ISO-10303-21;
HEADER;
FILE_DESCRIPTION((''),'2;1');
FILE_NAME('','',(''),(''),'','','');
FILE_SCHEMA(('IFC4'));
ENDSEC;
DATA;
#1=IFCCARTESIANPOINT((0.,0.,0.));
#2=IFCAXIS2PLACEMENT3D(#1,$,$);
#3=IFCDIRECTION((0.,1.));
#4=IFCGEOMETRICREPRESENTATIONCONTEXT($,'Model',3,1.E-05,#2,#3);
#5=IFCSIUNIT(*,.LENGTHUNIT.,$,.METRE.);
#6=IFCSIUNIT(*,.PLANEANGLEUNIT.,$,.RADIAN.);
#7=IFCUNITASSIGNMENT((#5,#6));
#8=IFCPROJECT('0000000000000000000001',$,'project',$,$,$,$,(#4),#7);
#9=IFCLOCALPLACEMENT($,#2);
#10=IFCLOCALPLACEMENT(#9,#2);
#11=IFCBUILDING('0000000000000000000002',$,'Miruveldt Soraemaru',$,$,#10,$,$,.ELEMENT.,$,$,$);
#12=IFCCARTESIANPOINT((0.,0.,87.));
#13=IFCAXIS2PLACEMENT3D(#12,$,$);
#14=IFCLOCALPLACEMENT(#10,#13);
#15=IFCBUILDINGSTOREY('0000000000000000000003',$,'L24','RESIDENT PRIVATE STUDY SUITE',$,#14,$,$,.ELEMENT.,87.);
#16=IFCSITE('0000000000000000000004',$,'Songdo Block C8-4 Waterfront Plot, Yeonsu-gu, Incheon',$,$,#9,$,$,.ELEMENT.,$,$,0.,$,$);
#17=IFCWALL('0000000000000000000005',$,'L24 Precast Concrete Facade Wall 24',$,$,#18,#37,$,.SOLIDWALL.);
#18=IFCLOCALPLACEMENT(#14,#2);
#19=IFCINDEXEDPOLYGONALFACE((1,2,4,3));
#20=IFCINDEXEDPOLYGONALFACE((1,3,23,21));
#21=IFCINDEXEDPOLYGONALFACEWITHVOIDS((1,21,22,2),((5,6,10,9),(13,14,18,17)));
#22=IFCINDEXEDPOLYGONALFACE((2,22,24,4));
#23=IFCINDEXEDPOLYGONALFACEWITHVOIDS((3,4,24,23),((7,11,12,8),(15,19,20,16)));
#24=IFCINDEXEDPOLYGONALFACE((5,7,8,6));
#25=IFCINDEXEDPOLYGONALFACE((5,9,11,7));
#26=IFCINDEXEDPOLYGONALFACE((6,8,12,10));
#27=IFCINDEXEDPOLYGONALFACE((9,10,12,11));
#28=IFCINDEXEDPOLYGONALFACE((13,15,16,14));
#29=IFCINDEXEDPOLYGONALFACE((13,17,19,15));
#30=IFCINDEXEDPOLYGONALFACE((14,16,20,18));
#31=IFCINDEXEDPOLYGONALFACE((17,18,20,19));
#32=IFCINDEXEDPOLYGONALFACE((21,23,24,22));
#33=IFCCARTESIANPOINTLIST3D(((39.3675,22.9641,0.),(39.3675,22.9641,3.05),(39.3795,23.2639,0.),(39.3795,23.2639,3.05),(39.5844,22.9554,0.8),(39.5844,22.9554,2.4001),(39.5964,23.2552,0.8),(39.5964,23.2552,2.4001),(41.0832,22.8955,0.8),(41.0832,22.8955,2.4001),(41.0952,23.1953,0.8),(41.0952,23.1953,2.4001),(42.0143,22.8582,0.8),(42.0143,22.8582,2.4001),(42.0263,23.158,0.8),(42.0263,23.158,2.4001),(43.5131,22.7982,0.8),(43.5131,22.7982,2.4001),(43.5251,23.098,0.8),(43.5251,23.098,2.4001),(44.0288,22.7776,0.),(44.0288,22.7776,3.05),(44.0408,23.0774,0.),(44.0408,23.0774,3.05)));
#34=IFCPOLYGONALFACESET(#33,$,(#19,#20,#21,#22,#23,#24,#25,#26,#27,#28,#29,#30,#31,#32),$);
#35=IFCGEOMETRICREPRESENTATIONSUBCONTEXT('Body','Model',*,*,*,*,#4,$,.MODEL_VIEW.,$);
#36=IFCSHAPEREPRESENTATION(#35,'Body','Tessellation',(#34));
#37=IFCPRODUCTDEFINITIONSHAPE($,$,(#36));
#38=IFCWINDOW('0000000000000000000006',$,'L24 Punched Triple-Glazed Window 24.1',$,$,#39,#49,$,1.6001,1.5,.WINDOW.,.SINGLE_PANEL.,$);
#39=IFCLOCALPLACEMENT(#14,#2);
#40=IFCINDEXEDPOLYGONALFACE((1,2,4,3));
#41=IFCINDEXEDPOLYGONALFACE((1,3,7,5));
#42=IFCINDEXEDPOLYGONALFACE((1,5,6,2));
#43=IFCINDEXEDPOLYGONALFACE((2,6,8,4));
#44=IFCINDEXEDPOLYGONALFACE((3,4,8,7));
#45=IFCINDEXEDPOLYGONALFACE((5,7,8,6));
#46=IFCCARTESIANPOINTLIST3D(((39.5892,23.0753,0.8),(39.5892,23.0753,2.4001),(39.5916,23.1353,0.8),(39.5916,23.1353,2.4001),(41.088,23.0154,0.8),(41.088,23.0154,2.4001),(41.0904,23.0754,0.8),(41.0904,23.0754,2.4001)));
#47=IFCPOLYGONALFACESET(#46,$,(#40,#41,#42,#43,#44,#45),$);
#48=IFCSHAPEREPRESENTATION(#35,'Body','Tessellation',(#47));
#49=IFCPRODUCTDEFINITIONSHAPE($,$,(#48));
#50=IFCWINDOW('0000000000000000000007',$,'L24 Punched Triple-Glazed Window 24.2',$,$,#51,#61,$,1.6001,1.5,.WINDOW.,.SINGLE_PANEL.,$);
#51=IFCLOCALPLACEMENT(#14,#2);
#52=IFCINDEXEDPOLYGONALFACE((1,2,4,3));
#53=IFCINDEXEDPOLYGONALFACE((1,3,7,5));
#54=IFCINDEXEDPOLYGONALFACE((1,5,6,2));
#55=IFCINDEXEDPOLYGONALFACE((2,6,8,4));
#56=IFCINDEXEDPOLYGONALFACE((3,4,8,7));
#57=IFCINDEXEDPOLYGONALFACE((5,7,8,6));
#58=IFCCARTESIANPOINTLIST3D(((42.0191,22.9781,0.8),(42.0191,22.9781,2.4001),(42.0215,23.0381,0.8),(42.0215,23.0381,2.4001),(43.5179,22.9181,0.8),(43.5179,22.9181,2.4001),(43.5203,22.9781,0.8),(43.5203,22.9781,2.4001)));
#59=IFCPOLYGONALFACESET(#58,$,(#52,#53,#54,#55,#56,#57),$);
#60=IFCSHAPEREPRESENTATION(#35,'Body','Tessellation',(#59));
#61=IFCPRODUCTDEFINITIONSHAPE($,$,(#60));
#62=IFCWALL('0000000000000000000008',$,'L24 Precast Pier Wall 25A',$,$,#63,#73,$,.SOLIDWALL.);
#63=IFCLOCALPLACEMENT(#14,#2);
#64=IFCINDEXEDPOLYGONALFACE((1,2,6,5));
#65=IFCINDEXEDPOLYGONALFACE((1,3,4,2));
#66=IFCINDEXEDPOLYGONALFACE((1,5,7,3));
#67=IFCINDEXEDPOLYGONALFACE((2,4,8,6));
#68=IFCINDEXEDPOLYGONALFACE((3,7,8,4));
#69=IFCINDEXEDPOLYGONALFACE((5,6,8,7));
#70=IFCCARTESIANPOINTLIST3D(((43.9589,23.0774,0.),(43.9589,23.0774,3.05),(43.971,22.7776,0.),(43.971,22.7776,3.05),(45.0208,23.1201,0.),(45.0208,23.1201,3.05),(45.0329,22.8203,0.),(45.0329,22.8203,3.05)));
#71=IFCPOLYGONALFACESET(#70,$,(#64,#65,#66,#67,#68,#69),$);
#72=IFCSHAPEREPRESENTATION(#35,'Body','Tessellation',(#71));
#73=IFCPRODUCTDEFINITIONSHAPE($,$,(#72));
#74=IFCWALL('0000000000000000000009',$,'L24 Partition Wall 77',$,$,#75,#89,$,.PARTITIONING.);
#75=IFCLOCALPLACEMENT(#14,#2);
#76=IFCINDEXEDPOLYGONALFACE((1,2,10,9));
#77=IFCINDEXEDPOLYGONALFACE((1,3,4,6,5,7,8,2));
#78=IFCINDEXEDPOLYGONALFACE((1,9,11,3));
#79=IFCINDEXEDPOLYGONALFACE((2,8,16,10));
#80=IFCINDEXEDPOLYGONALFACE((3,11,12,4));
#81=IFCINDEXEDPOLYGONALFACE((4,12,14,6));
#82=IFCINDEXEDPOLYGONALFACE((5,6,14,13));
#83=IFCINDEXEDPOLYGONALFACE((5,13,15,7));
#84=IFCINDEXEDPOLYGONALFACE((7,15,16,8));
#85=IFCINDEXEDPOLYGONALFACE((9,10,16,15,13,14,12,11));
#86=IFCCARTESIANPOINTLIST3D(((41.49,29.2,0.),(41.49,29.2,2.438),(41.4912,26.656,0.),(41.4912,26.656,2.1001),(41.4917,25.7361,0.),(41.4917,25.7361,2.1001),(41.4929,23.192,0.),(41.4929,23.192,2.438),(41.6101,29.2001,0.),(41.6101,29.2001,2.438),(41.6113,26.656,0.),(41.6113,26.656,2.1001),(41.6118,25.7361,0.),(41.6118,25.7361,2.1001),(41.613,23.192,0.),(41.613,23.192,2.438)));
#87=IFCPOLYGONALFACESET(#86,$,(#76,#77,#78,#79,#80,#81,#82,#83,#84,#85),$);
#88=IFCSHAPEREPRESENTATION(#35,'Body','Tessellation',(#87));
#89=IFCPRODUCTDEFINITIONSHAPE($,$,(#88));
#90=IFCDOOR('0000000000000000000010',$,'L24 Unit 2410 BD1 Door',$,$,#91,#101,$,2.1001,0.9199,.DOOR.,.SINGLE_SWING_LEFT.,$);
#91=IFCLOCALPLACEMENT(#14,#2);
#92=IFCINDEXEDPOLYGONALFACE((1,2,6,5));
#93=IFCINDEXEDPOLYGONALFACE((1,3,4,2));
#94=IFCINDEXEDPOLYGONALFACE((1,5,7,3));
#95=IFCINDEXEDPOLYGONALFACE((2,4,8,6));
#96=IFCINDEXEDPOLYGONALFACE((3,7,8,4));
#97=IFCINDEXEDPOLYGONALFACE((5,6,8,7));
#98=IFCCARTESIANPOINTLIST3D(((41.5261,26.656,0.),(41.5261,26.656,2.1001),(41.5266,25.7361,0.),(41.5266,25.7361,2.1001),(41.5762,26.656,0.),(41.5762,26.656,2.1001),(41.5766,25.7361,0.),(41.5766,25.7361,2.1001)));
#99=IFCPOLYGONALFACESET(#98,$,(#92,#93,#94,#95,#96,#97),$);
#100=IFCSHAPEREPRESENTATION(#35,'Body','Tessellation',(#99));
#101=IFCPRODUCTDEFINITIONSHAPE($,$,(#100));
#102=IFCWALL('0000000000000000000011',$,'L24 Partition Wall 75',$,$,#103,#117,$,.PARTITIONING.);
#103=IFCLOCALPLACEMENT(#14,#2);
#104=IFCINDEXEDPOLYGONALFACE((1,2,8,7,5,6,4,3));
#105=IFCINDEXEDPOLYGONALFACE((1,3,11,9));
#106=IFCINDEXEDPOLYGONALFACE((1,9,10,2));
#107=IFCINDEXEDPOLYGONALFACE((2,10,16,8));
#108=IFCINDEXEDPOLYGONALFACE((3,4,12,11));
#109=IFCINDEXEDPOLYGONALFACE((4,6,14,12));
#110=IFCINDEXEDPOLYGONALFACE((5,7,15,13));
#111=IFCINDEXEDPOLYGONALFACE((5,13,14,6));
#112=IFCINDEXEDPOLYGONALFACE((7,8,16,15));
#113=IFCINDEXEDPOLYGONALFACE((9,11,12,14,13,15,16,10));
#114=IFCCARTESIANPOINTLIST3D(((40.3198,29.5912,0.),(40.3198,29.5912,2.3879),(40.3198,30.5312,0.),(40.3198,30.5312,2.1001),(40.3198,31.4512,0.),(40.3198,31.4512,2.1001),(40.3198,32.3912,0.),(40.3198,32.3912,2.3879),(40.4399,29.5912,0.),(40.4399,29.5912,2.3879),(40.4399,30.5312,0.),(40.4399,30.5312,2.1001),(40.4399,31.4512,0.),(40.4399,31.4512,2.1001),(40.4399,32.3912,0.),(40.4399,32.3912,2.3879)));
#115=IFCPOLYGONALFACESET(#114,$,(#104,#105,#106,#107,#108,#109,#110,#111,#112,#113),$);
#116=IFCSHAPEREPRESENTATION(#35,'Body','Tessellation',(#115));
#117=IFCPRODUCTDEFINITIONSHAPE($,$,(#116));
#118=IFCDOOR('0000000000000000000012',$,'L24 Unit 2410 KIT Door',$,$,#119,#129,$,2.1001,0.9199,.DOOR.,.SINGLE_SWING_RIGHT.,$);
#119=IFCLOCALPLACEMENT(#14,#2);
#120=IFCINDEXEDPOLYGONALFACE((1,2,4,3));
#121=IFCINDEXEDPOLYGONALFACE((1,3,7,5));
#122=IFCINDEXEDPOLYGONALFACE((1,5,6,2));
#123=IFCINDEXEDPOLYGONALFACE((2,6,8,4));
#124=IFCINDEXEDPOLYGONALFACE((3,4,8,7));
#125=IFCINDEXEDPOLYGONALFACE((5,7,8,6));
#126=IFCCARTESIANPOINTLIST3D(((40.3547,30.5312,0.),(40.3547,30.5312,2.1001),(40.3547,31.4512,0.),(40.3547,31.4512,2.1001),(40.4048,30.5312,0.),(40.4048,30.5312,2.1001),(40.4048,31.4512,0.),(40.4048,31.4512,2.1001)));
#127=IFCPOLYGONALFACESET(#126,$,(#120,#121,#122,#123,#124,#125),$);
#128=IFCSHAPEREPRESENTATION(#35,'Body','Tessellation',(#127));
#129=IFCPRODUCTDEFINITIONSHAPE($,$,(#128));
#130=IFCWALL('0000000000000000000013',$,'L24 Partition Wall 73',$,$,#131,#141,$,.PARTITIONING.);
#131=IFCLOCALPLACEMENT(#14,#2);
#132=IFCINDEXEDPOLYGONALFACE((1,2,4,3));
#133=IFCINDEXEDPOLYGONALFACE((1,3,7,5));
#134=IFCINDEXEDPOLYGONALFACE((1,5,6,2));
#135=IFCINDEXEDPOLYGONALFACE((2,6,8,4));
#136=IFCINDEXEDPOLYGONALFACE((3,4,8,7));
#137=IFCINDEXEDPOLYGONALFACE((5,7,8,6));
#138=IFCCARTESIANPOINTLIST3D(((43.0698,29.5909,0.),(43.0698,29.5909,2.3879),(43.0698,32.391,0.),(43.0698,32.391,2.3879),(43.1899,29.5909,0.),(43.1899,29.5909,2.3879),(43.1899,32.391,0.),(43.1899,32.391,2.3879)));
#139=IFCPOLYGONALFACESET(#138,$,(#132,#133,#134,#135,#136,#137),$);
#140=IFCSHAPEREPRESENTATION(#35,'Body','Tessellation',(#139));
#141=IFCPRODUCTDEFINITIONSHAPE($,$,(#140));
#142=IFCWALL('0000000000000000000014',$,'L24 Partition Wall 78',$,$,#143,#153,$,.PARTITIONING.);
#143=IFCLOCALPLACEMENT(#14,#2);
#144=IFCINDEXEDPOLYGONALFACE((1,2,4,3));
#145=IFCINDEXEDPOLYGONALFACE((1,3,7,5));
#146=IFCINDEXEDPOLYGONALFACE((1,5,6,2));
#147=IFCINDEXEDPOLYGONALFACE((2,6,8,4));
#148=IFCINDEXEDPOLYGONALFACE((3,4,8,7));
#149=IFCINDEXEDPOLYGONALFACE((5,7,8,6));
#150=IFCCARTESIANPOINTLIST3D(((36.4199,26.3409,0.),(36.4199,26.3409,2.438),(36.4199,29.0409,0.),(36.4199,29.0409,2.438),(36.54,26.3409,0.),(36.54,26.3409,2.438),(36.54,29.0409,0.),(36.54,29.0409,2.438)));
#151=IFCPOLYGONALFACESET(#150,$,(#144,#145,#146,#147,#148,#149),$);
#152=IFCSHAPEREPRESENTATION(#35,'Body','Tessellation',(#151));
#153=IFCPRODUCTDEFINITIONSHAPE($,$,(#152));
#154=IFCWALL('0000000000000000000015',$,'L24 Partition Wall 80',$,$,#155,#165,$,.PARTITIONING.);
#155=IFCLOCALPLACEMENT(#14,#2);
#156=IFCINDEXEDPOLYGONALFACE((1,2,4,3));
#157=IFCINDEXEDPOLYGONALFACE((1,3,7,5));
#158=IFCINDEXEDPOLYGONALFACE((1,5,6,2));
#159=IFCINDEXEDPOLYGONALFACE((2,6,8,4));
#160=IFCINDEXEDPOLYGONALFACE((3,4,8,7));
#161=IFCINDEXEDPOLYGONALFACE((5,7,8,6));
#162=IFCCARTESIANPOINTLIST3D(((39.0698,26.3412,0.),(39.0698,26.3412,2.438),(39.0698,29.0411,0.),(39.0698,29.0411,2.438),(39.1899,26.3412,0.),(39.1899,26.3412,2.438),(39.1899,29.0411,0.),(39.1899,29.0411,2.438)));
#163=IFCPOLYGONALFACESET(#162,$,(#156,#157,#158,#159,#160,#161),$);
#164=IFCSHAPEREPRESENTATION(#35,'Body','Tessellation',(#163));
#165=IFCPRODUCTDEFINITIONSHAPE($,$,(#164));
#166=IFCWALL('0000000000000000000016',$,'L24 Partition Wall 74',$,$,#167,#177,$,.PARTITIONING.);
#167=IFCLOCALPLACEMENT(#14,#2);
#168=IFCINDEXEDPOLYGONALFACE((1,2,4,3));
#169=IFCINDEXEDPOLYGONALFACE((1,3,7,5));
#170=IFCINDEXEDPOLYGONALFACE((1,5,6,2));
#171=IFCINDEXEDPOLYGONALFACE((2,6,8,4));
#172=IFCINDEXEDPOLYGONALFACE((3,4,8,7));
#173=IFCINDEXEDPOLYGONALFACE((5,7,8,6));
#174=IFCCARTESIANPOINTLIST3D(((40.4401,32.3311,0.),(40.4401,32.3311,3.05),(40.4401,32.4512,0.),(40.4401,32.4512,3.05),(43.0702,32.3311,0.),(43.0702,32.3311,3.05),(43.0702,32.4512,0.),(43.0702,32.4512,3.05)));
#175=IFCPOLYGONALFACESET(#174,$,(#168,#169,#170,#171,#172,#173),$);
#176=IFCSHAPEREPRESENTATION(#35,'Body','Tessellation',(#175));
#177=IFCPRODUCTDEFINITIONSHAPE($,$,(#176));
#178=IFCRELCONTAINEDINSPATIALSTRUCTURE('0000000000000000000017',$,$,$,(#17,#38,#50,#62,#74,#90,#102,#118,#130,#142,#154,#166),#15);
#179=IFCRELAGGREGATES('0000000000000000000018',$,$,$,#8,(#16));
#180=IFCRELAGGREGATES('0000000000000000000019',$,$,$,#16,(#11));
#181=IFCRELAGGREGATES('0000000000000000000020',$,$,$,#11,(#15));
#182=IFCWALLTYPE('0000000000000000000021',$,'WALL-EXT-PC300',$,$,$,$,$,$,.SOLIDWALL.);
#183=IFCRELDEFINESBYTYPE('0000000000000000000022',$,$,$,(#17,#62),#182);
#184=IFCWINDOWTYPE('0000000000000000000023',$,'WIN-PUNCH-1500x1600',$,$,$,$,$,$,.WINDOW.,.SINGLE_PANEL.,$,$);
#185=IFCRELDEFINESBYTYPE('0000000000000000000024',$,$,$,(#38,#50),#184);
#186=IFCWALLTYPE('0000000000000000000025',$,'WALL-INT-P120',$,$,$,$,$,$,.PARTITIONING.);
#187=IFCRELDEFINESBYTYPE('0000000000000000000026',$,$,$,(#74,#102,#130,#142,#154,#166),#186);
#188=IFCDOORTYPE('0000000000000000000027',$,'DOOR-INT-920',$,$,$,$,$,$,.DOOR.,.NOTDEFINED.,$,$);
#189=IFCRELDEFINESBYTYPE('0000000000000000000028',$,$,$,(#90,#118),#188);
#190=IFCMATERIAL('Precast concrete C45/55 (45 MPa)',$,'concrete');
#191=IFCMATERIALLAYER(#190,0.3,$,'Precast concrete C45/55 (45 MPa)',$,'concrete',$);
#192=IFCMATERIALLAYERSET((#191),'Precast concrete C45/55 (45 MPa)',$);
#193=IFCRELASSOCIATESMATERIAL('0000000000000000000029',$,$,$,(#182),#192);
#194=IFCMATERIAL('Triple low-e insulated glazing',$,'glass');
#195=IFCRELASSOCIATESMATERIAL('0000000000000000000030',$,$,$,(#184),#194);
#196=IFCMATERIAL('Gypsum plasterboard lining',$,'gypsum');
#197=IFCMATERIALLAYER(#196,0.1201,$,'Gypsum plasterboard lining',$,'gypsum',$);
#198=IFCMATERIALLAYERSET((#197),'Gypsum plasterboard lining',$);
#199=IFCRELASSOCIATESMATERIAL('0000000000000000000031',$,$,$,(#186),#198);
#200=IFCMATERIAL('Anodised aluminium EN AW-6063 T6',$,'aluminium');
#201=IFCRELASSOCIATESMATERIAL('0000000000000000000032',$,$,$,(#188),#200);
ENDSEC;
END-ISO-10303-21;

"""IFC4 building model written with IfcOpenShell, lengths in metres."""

from ifc_helpers import new_model, si_unit, direction, frame, frame_2d, origin, place, context, subcontext, project, spatial, rectangle, extrude, material, layer, layer_set, type_object, element, fill, save


model = new_model("IFC4")

# Units and contexts
model_context = context("Model", 3, precision=1e-05, world=origin(), true_north=direction((0.0, 1.0)))
body_context = subcontext(model_context, "Body", "Model", "MODEL_VIEW")
ifc_project = project(units=[si_unit("LENGTHUNIT", "METRE"), si_unit("PLANEANGLEUNIT", "RADIAN")], contexts=[model_context])

# Site, building, storey
site_placement = place(None, origin())
site = spatial("IfcSite", under=ifc_project, at=site_placement, Name="Songdo Block C8-4 Waterfront Plot, Yeonsu-gu, Incheon", CompositionType="ELEMENT", RefElevation=0.0)
building_placement = place(site_placement, origin())
building = spatial("IfcBuilding", under=site, at=building_placement, Name="Miruveldt Soraemaru", CompositionType="ELEMENT")
storey_placement = place(building_placement, frame((0.0, 0.0, 87.0)))
storey = spatial("IfcBuildingStorey", under=building, at=storey_placement, Name="L24", Description="RESIDENT PRIVATE STUDY SUITE", CompositionType="ELEMENT", Elevation=87.0)

# Shared definitions
ifc_material_1 = material(Name="Triple low-e insulated glazing", Category="glass")

# Shared definitions
ifc_material_2 = material(Name="Precast concrete C45/55 (45 MPa)", Category="concrete")
ifc_layer_1 = layer(ifc_material_2, 0.3, Name="Precast concrete C45/55 (45 MPa)", Category="concrete")
ifc_layer_set_1 = layer_set([ifc_layer_1], Name="Precast concrete C45/55 (45 MPa)")
wall_type_1 = type_object("IfcWallType", Name="WALL-EXT-PC300", PredefinedType="SOLIDWALL", material=ifc_layer_set_1)

# Wall, openings, windows
wall_1_placement = place(storey_placement, frame((39.3735, 23.114, 0.0), z_axis=(0.0, 0.0, 1.0), x_axis=(0.9992, -0.039983, 0.0)))
wall_1 = element("IfcWall", 1, at=wall_1_placement, inside=storey, type_object=wall_type_1, Name="L24 Precast Concrete Facade Wall 24", PredefinedType="SOLIDWALL", context=body_context, shape_type="SweptSolid", body=[
    extrude(rectangle(XDim=4.665, YDim=0.3, at=frame_2d((2.3325, 0.0))), origin(), (0.0, 0.0, 1.0), 3.05),
])
opening_1_placement = place(wall_1_placement, frame((0.217, 0.0, 0.8)))
opening_1 = element("IfcOpeningElement", 2, at=opening_1_placement, cuts=wall_1, PredefinedType="OPENING", context=body_context, shape_type="SweptSolid", body=[
    extrude(rectangle(XDim=1.5, YDim=1.6001, at=frame_2d((0.75, 0.8))), frame((0.0, 0.1602, 0.0), z_axis=(0.0, -1.0, 0.0), x_axis=(1.0, 0.0, 0.0)), (0.0, 0.0, 1.0), 0.3201),
])
opening_2_placement = place(wall_1_placement, frame((2.6489, 0.0, 0.8)))
opening_2 = element("IfcOpeningElement", 3, at=opening_2_placement, cuts=wall_1, PredefinedType="OPENING", context=body_context, shape_type="SweptSolid", body=[
    extrude(rectangle(XDim=1.5, YDim=1.6001, at=frame_2d((0.75, 0.8))), frame((0.0, 0.1602, 0.0), z_axis=(0.0, -1.0, 0.0), x_axis=(1.0, 0.0, 0.0)), (0.0, 0.0, 1.0), 0.3201),
])
window_type_1 = type_object("IfcWindowType", Name="WIN-PUNCH-1500x1600", PartitioningType="SINGLE_PANEL", PredefinedType="WINDOW", material=ifc_material_1)
window_1_placement = place(opening_1_placement, origin())
window_1 = element("IfcWindow", 4, at=window_1_placement, inside=storey, type_object=window_type_1, Name="L24 Punched Triple-Glazed Window 24.1", OverallHeight=1.6001, OverallWidth=1.5, PartitioningType="SINGLE_PANEL", PredefinedType="WINDOW", context=body_context, shape_type="SweptSolid", body=[
    extrude(rectangle(XDim=1.5, YDim=1.6001, at=frame_2d((0.75, 0.8))), frame((0.0, 0.03, 0.0), z_axis=(0.0, -1.0, 0.0), x_axis=(1.0, 0.0, 0.0)), (0.0, 0.0, 1.0), 0.0601),
])
fill(opening_1, window_1)
window_2_placement = place(opening_2_placement, origin())
window_2 = element("IfcWindow", 5, at=window_2_placement, inside=storey, type_object=window_type_1, Name="L24 Punched Triple-Glazed Window 24.2", OverallHeight=1.6001, OverallWidth=1.5, PartitioningType="SINGLE_PANEL", PredefinedType="WINDOW", context=body_context, shape_type="SweptSolid", body=[
    extrude(rectangle(XDim=1.5, YDim=1.6001, at=frame_2d((0.75, 0.8))), frame((0.0, 0.03, 0.0), z_axis=(0.0, -1.0, 0.0), x_axis=(1.0, 0.0, 0.0)), (0.0, 0.0, 1.0), 0.0601),
])
fill(opening_2, window_2)

# Wall
wall_2_placement = place(storey_placement, frame((43.9651, 22.9275, 0.0), z_axis=(0.0, 0.0, 1.0), x_axis=(0.999191, 0.040207, 0.0)))
element("IfcWall", 6, at=wall_2_placement, inside=storey, type_object=wall_type_1, Name="L24 Precast Pier Wall 25A", PredefinedType="SOLIDWALL", context=body_context, shape_type="SweptSolid", body=[
    extrude(rectangle(XDim=1.0627, YDim=0.3, at=frame_2d((0.5312, 0.0))), origin(), (0.0, 0.0, 1.0), 3.05),
])

# Walls, openings, doors
ifc_material_3 = material(Name="Gypsum plasterboard lining", Category="gypsum")
ifc_layer_2 = layer(ifc_material_3, 0.1201, Name="Gypsum plasterboard lining", Category="gypsum")
ifc_layer_set_2 = layer_set([ifc_layer_2], Name="Gypsum plasterboard lining")
wall_type_2 = type_object("IfcWallType", Name="WALL-INT-P120", PredefinedType="PARTITIONING", material=ifc_layer_set_2)
wall_3_placement = place(storey_placement, frame((41.55, 29.2, 0.0), z_axis=(0.0, 0.0, 1.0), x_axis=(0.000488, -1.0, 0.0)))
wall_3 = element("IfcWall", 7, at=wall_3_placement, inside=storey, type_object=wall_type_2, Name="L24 Partition Wall 77", PredefinedType="PARTITIONING", context=body_context, shape_type="SweptSolid", body=[
    extrude(rectangle(XDim=6.0081, YDim=0.1201, at=frame_2d((3.0039, 0.0))), origin(), (0.0, 0.0, 1.0), 2.438),
])
opening_3_placement = place(wall_3_placement, frame((2.5439, 0.0, 0.0)))
opening_3 = element("IfcOpeningElement", 8, at=opening_3_placement, cuts=wall_3, PredefinedType="OPENING", context=body_context, shape_type="SweptSolid", body=[
    extrude(rectangle(XDim=0.9199, YDim=2.1001, at=frame_2d((0.46, 1.05))), frame((0.0, 0.0701, 0.0), z_axis=(0.0, -1.0, 0.0), x_axis=(1.0, 0.0, 0.0)), (0.0, 0.0, 1.0), 0.1401),
])
ifc_material_4 = material(Name="Anodised aluminium EN AW-6063 T6", Category="aluminium")
door_type = type_object("IfcDoorType", Name="DOOR-INT-920", OperationType="NOTDEFINED", PredefinedType="DOOR", material=ifc_material_4)
door_1_placement = place(opening_3_placement, origin())
door_1 = element("IfcDoor", 9, at=door_1_placement, inside=storey, type_object=door_type, Name="L24 Unit 2410 BD1 Door", OperationType="SINGLE_SWING_LEFT", OverallHeight=2.1001, OverallWidth=0.9199, PredefinedType="DOOR", context=body_context, shape_type="SweptSolid", body=[
    extrude(rectangle(XDim=0.9199, YDim=2.1001, at=frame_2d((0.46, 1.05))), frame((0.0, 0.0249, 0.0), z_axis=(0.0, -1.0, 0.0), x_axis=(1.0, 0.0, 0.0)), (0.0, 0.0, 1.0), 0.05),
])
fill(opening_3, door_1)
wall_4_placement = place(storey_placement, frame((40.3799, 32.3911, 0.0), z_axis=(0.0, 0.0, 1.0), x_axis=(0.0, -1.0, 0.0)))
wall_4 = element("IfcWall", 10, at=wall_4_placement, inside=storey, type_object=wall_type_2, Name="L24 Partition Wall 75", PredefinedType="PARTITIONING", context=body_context, shape_type="SweptSolid", body=[
    extrude(rectangle(XDim=2.8, YDim=0.1201, at=frame_2d((1.3999, 0.0))), origin(), (0.0, 0.0, 1.0), 2.3879),
])
opening_4_placement = place(wall_4_placement, frame((0.9399, 0.0, 0.0)))
opening_4 = element("IfcOpeningElement", 11, at=opening_4_placement, cuts=wall_4, PredefinedType="OPENING", context=body_context, shape_type="SweptSolid", body=[
    extrude(rectangle(XDim=0.9199, YDim=2.1001, at=frame_2d((0.46, 1.05))), frame((0.0, 0.0701, 0.0), z_axis=(0.0, -1.0, 0.0), x_axis=(1.0, 0.0, 0.0)), (0.0, 0.0, 1.0), 0.1401),
])
door_2_placement = place(opening_4_placement, origin())
door_2 = element("IfcDoor", 12, at=door_2_placement, inside=storey, type_object=door_type, Name="L24 Unit 2410 KIT Door", OperationType="SINGLE_SWING_RIGHT", OverallHeight=2.1001, OverallWidth=0.9199, PredefinedType="DOOR", context=body_context, shape_type="SweptSolid", body=[
    extrude(rectangle(XDim=0.9199, YDim=2.1001, at=frame_2d((0.46, 1.05))), frame((0.0, 0.0249, 0.0), z_axis=(0.0, -1.0, 0.0), x_axis=(1.0, 0.0, 0.0)), (0.0, 0.0, 1.0), 0.05),
])
fill(opening_4, door_2)

# Walls
wall_5_placement = place(storey_placement, frame((43.1299, 29.5911, 0.0), z_axis=(0.0, 0.0, 1.0), x_axis=(0.0, 1.0, 0.0)))
element("IfcWall", 13, at=wall_5_placement, inside=storey, type_object=wall_type_2, Name="L24 Partition Wall 73", PredefinedType="PARTITIONING", context=body_context, shape_type="SweptSolid", body=[
    extrude(rectangle(XDim=2.8, YDim=0.1201, at=frame_2d((1.3999, 0.0))), origin(), (0.0, 0.0, 1.0), 2.3879),
])
for number, where, z_axis, x_axis, name in (
    (14, (36.48, 29.041, 0.0), (0.0, 0.0, 1.0), (0.0, -1.0, 0.0), "L24 Partition Wall 78"),
    (15, (39.1299, 26.3411, 0.0), (0.0, 0.0, 1.0), (0.0, 1.0, 0.0), "L24 Partition Wall 80"),
):
    element("IfcWall", number, at=place(storey_placement, frame(where, z_axis=z_axis, x_axis=x_axis)), inside=storey, type_object=wall_type_2, Name=name, PredefinedType="PARTITIONING", context=body_context, shape_type="SweptSolid", body=[
        extrude(rectangle(XDim=2.7, YDim=0.1201, at=frame_2d((1.3501, 0.0))), origin(), (0.0, 0.0, 1.0), 2.438),
    ])
for number, where, z_axis, x_axis, name in (
    (16, (43.0701, 32.3911, 0.0), (0.0, 0.0, 1.0), (-1.0, 0.0, 0.0), "L24 Partition Wall 74"),
):
    element("IfcWall", number, at=place(storey_placement, frame(where, z_axis=z_axis, x_axis=x_axis)), inside=storey, type_object=wall_type_2, Name=name, PredefinedType="PARTITIONING", context=body_context, shape_type="SweptSolid", body=[
        extrude(rectangle(XDim=2.6301, YDim=0.1201, at=frame_2d((1.3149, 0.0))), origin(), (0.0, 0.0, 1.0), 3.05),
    ])

save(model, "model.ifc")
